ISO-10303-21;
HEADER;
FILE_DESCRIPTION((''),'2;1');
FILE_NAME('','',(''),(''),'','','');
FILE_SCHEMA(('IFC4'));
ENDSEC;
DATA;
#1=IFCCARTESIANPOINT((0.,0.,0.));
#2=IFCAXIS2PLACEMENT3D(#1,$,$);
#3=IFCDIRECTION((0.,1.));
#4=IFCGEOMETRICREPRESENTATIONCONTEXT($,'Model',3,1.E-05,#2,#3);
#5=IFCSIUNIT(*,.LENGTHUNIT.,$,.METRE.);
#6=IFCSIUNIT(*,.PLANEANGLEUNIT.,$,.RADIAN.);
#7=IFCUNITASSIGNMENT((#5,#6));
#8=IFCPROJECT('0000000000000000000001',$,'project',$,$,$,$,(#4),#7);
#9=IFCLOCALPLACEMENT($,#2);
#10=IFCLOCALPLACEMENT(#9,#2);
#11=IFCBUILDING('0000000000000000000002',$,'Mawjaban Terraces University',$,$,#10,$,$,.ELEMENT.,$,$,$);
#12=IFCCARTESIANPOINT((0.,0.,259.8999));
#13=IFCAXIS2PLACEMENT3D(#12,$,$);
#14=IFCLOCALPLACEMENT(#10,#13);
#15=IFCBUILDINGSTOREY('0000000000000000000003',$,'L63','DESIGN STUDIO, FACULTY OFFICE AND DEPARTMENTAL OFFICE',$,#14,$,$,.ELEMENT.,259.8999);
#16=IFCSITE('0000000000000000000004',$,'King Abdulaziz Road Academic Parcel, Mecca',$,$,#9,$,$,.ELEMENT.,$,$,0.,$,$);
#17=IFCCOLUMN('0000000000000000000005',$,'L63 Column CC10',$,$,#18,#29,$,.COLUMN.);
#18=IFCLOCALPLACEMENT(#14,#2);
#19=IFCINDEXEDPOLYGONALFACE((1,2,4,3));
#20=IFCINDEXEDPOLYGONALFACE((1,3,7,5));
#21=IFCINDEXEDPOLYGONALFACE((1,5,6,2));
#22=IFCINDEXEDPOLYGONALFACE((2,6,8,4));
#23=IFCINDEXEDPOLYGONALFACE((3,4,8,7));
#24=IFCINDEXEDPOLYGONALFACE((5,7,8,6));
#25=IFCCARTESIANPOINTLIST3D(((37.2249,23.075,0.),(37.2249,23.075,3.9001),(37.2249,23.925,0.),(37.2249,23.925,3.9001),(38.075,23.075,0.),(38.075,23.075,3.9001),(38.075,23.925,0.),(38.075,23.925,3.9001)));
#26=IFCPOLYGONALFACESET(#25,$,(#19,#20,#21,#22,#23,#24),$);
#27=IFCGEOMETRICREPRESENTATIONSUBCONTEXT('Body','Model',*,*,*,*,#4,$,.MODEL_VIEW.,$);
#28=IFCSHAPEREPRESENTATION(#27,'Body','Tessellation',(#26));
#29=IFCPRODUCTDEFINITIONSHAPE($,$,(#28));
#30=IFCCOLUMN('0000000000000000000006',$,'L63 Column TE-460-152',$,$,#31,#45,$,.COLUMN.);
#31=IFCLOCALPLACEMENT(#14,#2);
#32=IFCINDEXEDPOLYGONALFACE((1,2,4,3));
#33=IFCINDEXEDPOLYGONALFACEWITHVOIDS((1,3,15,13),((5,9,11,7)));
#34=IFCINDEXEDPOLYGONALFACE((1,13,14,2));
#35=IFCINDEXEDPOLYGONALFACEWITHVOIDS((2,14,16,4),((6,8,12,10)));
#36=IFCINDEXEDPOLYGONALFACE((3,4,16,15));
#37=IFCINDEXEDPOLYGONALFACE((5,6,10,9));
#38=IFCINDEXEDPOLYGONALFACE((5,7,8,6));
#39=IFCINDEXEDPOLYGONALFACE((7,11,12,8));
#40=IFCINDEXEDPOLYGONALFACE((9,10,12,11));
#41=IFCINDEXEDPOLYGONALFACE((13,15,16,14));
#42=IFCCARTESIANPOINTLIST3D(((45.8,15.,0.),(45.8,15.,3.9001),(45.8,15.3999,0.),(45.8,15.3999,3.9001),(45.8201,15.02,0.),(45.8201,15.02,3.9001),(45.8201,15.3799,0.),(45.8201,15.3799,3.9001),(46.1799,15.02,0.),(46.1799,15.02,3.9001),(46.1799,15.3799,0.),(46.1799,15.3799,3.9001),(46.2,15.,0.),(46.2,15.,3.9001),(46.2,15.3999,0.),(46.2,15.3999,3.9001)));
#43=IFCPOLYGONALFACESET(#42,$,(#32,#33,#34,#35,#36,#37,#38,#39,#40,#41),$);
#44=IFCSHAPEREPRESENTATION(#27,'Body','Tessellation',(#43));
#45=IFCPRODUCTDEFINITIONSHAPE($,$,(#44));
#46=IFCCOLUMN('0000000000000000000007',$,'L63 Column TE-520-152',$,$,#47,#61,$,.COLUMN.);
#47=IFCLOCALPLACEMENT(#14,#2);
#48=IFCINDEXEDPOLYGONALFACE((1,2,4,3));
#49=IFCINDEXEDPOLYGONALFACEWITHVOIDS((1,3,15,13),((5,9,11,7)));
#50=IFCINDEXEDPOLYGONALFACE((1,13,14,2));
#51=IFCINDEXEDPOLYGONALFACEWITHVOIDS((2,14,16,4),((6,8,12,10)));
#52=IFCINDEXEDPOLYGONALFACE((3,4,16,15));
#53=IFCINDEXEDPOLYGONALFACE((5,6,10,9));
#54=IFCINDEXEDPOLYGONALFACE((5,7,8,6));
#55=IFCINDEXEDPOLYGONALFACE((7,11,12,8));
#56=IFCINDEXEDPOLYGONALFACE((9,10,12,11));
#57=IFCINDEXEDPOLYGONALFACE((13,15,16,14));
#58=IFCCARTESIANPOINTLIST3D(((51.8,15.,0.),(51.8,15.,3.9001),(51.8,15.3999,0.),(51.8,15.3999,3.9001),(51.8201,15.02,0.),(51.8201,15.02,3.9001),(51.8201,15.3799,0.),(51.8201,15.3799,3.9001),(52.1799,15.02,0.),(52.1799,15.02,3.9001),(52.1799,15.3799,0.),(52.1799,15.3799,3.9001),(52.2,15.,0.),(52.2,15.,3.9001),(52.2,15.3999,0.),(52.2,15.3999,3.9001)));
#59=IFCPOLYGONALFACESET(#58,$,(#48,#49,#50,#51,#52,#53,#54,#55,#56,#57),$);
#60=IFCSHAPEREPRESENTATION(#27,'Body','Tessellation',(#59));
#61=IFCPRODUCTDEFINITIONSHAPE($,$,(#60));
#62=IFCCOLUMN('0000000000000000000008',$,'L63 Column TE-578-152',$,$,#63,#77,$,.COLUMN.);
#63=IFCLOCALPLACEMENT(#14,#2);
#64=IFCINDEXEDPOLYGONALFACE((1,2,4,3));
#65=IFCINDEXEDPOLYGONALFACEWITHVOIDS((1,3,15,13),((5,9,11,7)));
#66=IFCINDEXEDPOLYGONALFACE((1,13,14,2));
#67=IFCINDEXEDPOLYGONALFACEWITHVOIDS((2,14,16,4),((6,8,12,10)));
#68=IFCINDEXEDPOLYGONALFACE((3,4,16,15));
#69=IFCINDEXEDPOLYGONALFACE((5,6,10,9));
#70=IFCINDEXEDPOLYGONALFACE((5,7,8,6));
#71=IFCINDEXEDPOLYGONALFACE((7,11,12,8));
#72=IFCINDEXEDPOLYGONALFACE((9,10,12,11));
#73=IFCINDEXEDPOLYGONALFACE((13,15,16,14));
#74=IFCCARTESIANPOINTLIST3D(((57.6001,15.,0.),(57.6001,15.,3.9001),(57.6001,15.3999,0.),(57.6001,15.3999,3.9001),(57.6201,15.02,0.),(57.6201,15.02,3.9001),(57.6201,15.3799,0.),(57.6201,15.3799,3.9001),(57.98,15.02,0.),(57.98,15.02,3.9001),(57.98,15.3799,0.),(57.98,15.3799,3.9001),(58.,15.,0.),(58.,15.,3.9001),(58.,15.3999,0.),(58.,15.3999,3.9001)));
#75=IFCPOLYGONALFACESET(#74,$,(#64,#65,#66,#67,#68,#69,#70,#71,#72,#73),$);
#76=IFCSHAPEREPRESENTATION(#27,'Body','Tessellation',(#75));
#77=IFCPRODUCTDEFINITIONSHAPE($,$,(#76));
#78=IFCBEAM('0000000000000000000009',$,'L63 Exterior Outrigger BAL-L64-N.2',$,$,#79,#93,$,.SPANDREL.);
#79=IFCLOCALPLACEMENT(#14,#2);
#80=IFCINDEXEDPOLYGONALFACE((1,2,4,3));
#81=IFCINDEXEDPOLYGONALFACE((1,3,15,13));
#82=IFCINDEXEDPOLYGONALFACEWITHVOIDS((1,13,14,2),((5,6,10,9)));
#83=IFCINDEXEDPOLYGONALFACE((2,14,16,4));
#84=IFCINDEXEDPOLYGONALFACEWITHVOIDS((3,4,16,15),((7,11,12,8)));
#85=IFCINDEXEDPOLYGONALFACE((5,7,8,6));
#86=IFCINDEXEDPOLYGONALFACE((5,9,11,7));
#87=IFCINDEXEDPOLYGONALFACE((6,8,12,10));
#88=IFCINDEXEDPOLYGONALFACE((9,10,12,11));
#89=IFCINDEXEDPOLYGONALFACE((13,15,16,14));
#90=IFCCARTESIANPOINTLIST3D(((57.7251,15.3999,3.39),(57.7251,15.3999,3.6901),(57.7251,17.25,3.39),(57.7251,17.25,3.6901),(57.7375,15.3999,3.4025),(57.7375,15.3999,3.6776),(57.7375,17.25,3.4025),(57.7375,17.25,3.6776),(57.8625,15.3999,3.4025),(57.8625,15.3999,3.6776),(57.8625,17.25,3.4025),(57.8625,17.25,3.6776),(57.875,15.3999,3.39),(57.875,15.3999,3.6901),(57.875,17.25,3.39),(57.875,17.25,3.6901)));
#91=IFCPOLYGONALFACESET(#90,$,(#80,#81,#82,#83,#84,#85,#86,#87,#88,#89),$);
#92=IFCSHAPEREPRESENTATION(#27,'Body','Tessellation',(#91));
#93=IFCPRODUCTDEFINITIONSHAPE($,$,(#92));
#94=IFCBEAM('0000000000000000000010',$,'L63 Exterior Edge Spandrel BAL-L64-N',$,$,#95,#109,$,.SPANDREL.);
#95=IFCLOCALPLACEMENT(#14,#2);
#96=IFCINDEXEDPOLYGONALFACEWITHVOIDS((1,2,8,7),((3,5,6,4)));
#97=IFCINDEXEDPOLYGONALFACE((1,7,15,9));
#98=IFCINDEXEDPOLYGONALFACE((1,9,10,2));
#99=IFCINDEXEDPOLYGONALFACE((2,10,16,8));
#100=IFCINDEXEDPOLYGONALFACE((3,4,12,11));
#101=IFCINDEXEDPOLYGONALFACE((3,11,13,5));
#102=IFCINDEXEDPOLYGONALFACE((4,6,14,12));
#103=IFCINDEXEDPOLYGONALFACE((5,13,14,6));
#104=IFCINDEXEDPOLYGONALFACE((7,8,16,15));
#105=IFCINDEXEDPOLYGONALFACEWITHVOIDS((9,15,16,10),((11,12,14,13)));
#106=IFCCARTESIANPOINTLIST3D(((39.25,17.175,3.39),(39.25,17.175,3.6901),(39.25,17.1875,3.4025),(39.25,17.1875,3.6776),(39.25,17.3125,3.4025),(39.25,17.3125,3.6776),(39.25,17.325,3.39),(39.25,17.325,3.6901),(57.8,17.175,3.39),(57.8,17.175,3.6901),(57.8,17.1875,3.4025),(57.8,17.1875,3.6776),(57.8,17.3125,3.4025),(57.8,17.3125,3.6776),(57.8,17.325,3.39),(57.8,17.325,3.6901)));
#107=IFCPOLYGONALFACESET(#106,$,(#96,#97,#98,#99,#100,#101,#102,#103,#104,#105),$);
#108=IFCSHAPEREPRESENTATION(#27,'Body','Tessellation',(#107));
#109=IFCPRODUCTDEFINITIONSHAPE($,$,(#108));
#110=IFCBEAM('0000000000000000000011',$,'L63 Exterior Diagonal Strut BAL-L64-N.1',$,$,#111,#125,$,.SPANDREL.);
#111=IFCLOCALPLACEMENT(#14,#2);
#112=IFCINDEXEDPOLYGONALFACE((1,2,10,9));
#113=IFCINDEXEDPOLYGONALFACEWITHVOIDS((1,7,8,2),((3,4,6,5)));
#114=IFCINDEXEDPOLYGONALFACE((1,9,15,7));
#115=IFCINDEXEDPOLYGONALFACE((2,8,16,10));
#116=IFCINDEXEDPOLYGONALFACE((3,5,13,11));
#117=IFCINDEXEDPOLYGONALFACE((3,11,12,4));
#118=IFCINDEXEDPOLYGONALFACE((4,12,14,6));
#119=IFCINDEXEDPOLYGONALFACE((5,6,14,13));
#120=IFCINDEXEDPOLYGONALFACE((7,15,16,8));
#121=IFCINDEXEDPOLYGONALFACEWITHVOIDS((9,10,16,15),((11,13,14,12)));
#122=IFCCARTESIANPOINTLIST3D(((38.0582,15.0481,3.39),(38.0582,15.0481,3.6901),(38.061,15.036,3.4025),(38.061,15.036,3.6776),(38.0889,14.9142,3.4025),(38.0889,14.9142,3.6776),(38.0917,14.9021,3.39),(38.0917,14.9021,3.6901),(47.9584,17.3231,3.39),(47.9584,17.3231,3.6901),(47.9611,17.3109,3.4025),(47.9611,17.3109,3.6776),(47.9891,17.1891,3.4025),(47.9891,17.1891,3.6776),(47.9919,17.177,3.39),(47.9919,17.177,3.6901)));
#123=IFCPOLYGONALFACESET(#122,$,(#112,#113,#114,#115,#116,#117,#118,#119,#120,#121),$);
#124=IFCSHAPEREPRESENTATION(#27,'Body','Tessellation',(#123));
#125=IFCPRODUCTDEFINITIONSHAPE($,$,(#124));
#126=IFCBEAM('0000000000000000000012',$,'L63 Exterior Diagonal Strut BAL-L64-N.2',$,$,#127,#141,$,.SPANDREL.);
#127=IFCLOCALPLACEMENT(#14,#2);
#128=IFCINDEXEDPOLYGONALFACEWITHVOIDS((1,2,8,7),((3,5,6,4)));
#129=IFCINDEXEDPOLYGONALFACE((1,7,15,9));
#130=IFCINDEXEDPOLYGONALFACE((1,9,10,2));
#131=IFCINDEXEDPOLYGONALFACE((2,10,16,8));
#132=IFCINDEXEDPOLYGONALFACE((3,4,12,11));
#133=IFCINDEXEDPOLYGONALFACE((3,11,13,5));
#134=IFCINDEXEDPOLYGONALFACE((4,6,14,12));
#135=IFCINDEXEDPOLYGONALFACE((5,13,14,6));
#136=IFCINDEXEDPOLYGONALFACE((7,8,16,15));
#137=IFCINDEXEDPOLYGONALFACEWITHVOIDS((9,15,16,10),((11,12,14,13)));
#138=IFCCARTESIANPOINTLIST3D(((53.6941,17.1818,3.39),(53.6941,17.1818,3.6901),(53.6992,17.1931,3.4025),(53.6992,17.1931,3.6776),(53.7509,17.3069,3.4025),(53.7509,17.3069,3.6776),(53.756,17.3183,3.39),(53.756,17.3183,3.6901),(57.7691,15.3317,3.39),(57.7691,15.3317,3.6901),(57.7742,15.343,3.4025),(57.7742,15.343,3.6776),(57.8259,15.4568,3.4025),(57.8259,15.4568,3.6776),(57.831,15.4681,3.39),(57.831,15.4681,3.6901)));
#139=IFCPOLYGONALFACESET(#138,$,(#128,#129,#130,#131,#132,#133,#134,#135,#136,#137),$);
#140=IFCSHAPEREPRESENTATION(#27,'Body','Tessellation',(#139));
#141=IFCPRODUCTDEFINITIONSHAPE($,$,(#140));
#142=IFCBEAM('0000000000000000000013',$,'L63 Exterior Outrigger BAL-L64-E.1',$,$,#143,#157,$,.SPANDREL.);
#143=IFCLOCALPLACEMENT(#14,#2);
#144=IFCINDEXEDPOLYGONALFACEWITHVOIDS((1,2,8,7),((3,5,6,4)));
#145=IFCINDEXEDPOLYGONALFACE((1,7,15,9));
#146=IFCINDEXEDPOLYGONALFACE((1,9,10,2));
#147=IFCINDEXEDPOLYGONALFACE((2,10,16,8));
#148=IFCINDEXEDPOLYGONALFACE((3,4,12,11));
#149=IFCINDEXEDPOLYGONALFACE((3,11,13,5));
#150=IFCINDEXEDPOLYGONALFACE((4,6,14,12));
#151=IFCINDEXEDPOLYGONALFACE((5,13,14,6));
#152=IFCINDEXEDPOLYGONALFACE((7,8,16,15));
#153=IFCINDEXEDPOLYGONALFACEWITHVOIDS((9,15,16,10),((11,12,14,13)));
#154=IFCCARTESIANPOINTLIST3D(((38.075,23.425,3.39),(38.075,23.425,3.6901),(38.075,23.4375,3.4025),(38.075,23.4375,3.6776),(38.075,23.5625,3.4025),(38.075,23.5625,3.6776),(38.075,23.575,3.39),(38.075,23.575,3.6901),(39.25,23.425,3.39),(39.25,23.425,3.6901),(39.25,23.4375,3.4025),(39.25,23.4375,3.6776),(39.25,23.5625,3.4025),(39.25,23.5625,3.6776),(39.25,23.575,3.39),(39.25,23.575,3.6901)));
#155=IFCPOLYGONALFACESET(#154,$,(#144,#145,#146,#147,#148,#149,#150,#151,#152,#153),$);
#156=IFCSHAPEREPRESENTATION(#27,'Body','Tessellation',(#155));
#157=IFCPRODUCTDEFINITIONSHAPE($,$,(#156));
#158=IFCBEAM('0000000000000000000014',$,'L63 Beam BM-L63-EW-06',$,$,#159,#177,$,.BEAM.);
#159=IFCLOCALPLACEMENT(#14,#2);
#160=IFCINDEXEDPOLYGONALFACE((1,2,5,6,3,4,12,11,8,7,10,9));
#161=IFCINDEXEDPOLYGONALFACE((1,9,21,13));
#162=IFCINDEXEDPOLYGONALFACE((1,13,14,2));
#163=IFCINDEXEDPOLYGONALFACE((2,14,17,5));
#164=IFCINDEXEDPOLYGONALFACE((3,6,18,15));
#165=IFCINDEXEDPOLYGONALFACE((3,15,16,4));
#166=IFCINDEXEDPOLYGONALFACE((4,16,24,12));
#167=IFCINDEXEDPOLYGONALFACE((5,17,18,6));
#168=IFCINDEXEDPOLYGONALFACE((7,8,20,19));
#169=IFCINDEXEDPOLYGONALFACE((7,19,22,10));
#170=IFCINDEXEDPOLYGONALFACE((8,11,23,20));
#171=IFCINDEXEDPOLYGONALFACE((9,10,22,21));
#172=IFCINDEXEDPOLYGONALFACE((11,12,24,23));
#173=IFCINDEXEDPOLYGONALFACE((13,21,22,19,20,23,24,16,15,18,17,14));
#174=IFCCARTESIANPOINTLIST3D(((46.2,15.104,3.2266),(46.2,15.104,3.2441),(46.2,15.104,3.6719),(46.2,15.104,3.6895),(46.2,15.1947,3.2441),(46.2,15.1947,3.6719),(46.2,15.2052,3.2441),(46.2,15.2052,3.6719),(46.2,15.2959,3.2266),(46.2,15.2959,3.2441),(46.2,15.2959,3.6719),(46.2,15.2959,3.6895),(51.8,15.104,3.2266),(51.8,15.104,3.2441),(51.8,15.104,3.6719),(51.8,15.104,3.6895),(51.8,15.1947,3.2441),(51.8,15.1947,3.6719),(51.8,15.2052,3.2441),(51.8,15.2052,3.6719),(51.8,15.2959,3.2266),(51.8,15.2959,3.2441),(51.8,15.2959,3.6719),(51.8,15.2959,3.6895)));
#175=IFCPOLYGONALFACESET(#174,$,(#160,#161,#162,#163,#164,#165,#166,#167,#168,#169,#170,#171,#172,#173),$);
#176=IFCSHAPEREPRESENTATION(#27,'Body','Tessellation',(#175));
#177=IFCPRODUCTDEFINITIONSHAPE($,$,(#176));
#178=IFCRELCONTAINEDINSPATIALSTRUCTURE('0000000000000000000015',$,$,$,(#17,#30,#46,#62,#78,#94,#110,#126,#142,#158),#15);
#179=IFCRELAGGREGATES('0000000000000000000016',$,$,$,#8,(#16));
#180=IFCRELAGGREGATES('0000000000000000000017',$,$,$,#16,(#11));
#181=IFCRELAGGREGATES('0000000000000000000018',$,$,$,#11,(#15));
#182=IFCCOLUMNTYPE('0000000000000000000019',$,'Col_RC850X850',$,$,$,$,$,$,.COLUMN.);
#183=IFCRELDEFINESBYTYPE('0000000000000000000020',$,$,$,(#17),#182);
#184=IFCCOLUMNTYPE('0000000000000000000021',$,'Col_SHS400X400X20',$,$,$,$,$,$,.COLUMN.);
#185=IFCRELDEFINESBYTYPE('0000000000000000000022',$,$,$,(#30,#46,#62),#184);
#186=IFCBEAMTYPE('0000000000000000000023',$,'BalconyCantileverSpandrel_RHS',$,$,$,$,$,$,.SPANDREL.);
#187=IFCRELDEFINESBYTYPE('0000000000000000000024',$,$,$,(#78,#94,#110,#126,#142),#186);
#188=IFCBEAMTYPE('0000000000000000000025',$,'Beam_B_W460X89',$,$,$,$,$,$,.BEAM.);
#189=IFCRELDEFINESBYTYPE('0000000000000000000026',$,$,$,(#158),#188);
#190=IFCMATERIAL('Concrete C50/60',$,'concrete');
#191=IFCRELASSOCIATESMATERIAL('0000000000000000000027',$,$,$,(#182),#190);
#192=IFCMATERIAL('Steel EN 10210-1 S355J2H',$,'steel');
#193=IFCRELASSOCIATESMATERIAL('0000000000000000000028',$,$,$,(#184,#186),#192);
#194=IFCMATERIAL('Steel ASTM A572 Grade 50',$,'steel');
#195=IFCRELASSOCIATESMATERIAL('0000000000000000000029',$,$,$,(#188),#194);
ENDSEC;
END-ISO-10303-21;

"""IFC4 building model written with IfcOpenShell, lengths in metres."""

from ifc_helpers import new_model, si_unit, direction, frame, origin, origin_2d, place, context, subcontext, project, spatial, rectangle, hollow_rectangle, i_section, extrude, material, material_profile, profile_set, type_object, element, save


model = new_model("IFC4")

# Units and contexts
model_context = context("Model", 3, precision=1e-05, world=origin(), true_north=direction((0.0, 1.0)))
body_context = subcontext(model_context, "Body", "Model", "MODEL_VIEW")
ifc_project = project(units=[si_unit("LENGTHUNIT", "METRE"), si_unit("PLANEANGLEUNIT", "RADIAN")], contexts=[model_context])

# Site, building, storey
site_placement = place(None, origin())
site = spatial("IfcSite", under=ifc_project, at=site_placement, Name="King Abdulaziz Road Academic Parcel, Mecca", CompositionType="ELEMENT", RefElevation=0.0)
building_placement = place(site_placement, origin())
building = spatial("IfcBuilding", under=site, at=building_placement, Name="Mawjaban Terraces University", CompositionType="ELEMENT")
storey_placement = place(building_placement, frame((0.0, 0.0, 259.8999)))
storey = spatial("IfcBuildingStorey", under=building, at=storey_placement, Name="L63", Description="DESIGN STUDIO, FACULTY OFFICE AND DEPARTMENTAL OFFICE", CompositionType="ELEMENT", Elevation=259.8999)

# Columns
ifc_material_1 = material(Name="Concrete C50/60", Category="concrete")
ifc_material_profile_1 = material_profile(ifc_material_1, rectangle(XDim=0.8501, YDim=0.8501, at=origin_2d()), Name="RC850X850")
ifc_profile_set_1 = profile_set([ifc_material_profile_1], Name="Concrete C50/60")
column_type_1 = type_object("IfcColumnType", Name="Col_RC850X850", PredefinedType="COLUMN", material=ifc_profile_set_1)
column_placement = place(storey_placement, frame((37.6499, 23.5, 0.0), z_axis=(0.0, 0.0, 1.0), x_axis=(1.0, 0.0, 0.0)))
element("IfcColumn", 1, at=column_placement, inside=storey, type_object=column_type_1, Name="L63 Column CC10", PredefinedType="COLUMN", context=body_context, shape_type="SweptSolid", body=[
    extrude(rectangle(XDim=0.8501, YDim=0.8501, at=origin_2d()), origin(), (0.0, 0.0, 1.0), 3.9001),
])
ifc_material_2 = material(Name="Steel EN 10210-1 S355J2H", Category="steel")
ifc_material_profile_2 = material_profile(ifc_material_2, hollow_rectangle(XDim=0.3999, YDim=0.3999, WallThickness=0.02, at=origin_2d()), Name="SHS400X400X20")
ifc_profile_set_2 = profile_set([ifc_material_profile_2], Name="Steel EN 10210-1 S355J2H")
column_type_2 = type_object("IfcColumnType", Name="Col_SHS400X400X20", PredefinedType="COLUMN", material=ifc_profile_set_2)
for number, where, z_axis, x_axis, name in (
    (2, (46.0, 15.2, 0.0), (0.0, 0.0, 1.0), (1.0, 0.0, 0.0), "L63 Column TE-460-152"),
    (3, (52.0, 15.2, 0.0), (0.0, 0.0, 1.0), (1.0, 0.0, 0.0), "L63 Column TE-520-152"),
    (4, (57.8, 15.2, 0.0), (0.0, 0.0, 1.0), (1.0, 0.0, 0.0), "L63 Column TE-578-152"),
):
    element("IfcColumn", number, at=place(storey_placement, frame(where, z_axis=z_axis, x_axis=x_axis)), inside=storey, type_object=column_type_2, Name=name, PredefinedType="COLUMN", context=body_context, shape_type="SweptSolid", body=[
        extrude(hollow_rectangle(XDim=0.3999, YDim=0.3999, WallThickness=0.02, at=origin_2d()), origin(), (0.0, 0.0, 1.0), 3.9001),
    ])

# Beams
ifc_material_profile_3 = material_profile(ifc_material_2, hollow_rectangle(XDim=0.1499, YDim=0.3, WallThickness=0.0125, at=origin_2d()), Name="RHS300X150X12.5")
ifc_profile_set_3 = profile_set([ifc_material_profile_3], Name="Steel EN 10210-1 S355J2H")
beam_type_1 = type_object("IfcBeamType", Name="BalconyCantileverSpandrel_RHS", PredefinedType="SPANDREL", material=ifc_profile_set_3)
beam_1_placement = place(storey_placement, frame((57.8, 15.3999, 3.54), z_axis=(0.0, 1.0, 0.0), x_axis=(-1.0, 0.0, 0.0)))
element("IfcBeam", 5, at=beam_1_placement, inside=storey, type_object=beam_type_1, Name="L63 Exterior Outrigger BAL-L64-N.2", PredefinedType="SPANDREL", context=body_context, shape_type="SweptSolid", body=[
    extrude(hollow_rectangle(XDim=0.1499, YDim=0.3, WallThickness=0.0125, at=origin_2d()), origin(), (0.0, 0.0, 1.0), 1.8501),
])
beam_2_placement = place(storey_placement, frame((39.25, 17.25, 3.54), z_axis=(1.0, 0.0, 0.0), x_axis=(0.0, 1.0, 0.0)))
element("IfcBeam", 6, at=beam_2_placement, inside=storey, type_object=beam_type_1, Name="L63 Exterior Edge Spandrel BAL-L64-N", PredefinedType="SPANDREL", context=body_context, shape_type="SweptSolid", body=[
    extrude(hollow_rectangle(XDim=0.1499, YDim=0.3, WallThickness=0.0125, at=origin_2d()), origin(), (0.0, 0.0, 1.0), 18.55),
])
beam_3_placement = place(storey_placement, frame((38.075, 14.9751, 3.54), z_axis=(0.974601, 0.223948, 0.0), x_axis=(-0.223948, 0.974601, 0.0)))
element("IfcBeam", 7, at=beam_3_placement, inside=storey, type_object=beam_type_1, Name="L63 Exterior Diagonal Strut BAL-L64-N.1", PredefinedType="SPANDREL", context=body_context, shape_type="SweptSolid", body=[
    extrude(hollow_rectangle(XDim=0.1499, YDim=0.3, WallThickness=0.0125, at=origin_2d()), origin(), (0.0, 0.0, 1.0), 10.1582),
])
beam_4_placement = place(storey_placement, frame((57.8, 15.3999, 3.54), z_axis=(-0.910548, 0.413404, 0.0), x_axis=(-0.413404, -0.910548, 0.0)))
element("IfcBeam", 8, at=beam_4_placement, inside=storey, type_object=beam_type_1, Name="L63 Exterior Diagonal Strut BAL-L64-N.2", PredefinedType="SPANDREL", context=body_context, shape_type="SweptSolid", body=[
    extrude(hollow_rectangle(XDim=0.1499, YDim=0.3, WallThickness=0.0125, at=origin_2d()), origin(), (0.0, 0.0, 1.0), 4.4753),
])
beam_5_placement = place(storey_placement, frame((38.075, 23.5, 3.54), z_axis=(1.0, 0.0, 0.0), x_axis=(0.0, 1.0, 0.0)))
element("IfcBeam", 9, at=beam_5_placement, inside=storey, type_object=beam_type_1, Name="L63 Exterior Outrigger BAL-L64-E.1", PredefinedType="SPANDREL", context=body_context, shape_type="SweptSolid", body=[
    extrude(hollow_rectangle(XDim=0.1499, YDim=0.3, WallThickness=0.0125, at=origin_2d()), origin(), (0.0, 0.0, 1.0), 1.175),
])
ifc_material_3 = material(Name="Steel ASTM A572 Grade 50", Category="steel")
ifc_material_profile_4 = material_profile(ifc_material_3, i_section(OverallWidth=0.1919, OverallDepth=0.4629, WebThickness=0.0105, FlangeThickness=0.0176, at=origin_2d()), Name="W460X89")
ifc_profile_set_4 = profile_set([ifc_material_profile_4], Name="Steel ASTM A572 Grade 50")
beam_type_2 = type_object("IfcBeamType", Name="Beam_B_W460X89", PredefinedType="BEAM", material=ifc_profile_set_4)
beam_6_placement = place(storey_placement, frame((46.2, 15.2, 3.458), z_axis=(1.0, 0.0, 0.0), x_axis=(0.0, 1.0, 0.0)))
element("IfcBeam", 10, at=beam_6_placement, inside=storey, type_object=beam_type_2, Name="L63 Beam BM-L63-EW-06", PredefinedType="BEAM", context=body_context, shape_type="SweptSolid", body=[
    extrude(i_section(OverallWidth=0.1919, OverallDepth=0.4629, WebThickness=0.0105, FlangeThickness=0.0176, at=origin_2d()), origin(), (0.0, 0.0, 1.0), 5.6001),
])

save(model, "model.ifc")
